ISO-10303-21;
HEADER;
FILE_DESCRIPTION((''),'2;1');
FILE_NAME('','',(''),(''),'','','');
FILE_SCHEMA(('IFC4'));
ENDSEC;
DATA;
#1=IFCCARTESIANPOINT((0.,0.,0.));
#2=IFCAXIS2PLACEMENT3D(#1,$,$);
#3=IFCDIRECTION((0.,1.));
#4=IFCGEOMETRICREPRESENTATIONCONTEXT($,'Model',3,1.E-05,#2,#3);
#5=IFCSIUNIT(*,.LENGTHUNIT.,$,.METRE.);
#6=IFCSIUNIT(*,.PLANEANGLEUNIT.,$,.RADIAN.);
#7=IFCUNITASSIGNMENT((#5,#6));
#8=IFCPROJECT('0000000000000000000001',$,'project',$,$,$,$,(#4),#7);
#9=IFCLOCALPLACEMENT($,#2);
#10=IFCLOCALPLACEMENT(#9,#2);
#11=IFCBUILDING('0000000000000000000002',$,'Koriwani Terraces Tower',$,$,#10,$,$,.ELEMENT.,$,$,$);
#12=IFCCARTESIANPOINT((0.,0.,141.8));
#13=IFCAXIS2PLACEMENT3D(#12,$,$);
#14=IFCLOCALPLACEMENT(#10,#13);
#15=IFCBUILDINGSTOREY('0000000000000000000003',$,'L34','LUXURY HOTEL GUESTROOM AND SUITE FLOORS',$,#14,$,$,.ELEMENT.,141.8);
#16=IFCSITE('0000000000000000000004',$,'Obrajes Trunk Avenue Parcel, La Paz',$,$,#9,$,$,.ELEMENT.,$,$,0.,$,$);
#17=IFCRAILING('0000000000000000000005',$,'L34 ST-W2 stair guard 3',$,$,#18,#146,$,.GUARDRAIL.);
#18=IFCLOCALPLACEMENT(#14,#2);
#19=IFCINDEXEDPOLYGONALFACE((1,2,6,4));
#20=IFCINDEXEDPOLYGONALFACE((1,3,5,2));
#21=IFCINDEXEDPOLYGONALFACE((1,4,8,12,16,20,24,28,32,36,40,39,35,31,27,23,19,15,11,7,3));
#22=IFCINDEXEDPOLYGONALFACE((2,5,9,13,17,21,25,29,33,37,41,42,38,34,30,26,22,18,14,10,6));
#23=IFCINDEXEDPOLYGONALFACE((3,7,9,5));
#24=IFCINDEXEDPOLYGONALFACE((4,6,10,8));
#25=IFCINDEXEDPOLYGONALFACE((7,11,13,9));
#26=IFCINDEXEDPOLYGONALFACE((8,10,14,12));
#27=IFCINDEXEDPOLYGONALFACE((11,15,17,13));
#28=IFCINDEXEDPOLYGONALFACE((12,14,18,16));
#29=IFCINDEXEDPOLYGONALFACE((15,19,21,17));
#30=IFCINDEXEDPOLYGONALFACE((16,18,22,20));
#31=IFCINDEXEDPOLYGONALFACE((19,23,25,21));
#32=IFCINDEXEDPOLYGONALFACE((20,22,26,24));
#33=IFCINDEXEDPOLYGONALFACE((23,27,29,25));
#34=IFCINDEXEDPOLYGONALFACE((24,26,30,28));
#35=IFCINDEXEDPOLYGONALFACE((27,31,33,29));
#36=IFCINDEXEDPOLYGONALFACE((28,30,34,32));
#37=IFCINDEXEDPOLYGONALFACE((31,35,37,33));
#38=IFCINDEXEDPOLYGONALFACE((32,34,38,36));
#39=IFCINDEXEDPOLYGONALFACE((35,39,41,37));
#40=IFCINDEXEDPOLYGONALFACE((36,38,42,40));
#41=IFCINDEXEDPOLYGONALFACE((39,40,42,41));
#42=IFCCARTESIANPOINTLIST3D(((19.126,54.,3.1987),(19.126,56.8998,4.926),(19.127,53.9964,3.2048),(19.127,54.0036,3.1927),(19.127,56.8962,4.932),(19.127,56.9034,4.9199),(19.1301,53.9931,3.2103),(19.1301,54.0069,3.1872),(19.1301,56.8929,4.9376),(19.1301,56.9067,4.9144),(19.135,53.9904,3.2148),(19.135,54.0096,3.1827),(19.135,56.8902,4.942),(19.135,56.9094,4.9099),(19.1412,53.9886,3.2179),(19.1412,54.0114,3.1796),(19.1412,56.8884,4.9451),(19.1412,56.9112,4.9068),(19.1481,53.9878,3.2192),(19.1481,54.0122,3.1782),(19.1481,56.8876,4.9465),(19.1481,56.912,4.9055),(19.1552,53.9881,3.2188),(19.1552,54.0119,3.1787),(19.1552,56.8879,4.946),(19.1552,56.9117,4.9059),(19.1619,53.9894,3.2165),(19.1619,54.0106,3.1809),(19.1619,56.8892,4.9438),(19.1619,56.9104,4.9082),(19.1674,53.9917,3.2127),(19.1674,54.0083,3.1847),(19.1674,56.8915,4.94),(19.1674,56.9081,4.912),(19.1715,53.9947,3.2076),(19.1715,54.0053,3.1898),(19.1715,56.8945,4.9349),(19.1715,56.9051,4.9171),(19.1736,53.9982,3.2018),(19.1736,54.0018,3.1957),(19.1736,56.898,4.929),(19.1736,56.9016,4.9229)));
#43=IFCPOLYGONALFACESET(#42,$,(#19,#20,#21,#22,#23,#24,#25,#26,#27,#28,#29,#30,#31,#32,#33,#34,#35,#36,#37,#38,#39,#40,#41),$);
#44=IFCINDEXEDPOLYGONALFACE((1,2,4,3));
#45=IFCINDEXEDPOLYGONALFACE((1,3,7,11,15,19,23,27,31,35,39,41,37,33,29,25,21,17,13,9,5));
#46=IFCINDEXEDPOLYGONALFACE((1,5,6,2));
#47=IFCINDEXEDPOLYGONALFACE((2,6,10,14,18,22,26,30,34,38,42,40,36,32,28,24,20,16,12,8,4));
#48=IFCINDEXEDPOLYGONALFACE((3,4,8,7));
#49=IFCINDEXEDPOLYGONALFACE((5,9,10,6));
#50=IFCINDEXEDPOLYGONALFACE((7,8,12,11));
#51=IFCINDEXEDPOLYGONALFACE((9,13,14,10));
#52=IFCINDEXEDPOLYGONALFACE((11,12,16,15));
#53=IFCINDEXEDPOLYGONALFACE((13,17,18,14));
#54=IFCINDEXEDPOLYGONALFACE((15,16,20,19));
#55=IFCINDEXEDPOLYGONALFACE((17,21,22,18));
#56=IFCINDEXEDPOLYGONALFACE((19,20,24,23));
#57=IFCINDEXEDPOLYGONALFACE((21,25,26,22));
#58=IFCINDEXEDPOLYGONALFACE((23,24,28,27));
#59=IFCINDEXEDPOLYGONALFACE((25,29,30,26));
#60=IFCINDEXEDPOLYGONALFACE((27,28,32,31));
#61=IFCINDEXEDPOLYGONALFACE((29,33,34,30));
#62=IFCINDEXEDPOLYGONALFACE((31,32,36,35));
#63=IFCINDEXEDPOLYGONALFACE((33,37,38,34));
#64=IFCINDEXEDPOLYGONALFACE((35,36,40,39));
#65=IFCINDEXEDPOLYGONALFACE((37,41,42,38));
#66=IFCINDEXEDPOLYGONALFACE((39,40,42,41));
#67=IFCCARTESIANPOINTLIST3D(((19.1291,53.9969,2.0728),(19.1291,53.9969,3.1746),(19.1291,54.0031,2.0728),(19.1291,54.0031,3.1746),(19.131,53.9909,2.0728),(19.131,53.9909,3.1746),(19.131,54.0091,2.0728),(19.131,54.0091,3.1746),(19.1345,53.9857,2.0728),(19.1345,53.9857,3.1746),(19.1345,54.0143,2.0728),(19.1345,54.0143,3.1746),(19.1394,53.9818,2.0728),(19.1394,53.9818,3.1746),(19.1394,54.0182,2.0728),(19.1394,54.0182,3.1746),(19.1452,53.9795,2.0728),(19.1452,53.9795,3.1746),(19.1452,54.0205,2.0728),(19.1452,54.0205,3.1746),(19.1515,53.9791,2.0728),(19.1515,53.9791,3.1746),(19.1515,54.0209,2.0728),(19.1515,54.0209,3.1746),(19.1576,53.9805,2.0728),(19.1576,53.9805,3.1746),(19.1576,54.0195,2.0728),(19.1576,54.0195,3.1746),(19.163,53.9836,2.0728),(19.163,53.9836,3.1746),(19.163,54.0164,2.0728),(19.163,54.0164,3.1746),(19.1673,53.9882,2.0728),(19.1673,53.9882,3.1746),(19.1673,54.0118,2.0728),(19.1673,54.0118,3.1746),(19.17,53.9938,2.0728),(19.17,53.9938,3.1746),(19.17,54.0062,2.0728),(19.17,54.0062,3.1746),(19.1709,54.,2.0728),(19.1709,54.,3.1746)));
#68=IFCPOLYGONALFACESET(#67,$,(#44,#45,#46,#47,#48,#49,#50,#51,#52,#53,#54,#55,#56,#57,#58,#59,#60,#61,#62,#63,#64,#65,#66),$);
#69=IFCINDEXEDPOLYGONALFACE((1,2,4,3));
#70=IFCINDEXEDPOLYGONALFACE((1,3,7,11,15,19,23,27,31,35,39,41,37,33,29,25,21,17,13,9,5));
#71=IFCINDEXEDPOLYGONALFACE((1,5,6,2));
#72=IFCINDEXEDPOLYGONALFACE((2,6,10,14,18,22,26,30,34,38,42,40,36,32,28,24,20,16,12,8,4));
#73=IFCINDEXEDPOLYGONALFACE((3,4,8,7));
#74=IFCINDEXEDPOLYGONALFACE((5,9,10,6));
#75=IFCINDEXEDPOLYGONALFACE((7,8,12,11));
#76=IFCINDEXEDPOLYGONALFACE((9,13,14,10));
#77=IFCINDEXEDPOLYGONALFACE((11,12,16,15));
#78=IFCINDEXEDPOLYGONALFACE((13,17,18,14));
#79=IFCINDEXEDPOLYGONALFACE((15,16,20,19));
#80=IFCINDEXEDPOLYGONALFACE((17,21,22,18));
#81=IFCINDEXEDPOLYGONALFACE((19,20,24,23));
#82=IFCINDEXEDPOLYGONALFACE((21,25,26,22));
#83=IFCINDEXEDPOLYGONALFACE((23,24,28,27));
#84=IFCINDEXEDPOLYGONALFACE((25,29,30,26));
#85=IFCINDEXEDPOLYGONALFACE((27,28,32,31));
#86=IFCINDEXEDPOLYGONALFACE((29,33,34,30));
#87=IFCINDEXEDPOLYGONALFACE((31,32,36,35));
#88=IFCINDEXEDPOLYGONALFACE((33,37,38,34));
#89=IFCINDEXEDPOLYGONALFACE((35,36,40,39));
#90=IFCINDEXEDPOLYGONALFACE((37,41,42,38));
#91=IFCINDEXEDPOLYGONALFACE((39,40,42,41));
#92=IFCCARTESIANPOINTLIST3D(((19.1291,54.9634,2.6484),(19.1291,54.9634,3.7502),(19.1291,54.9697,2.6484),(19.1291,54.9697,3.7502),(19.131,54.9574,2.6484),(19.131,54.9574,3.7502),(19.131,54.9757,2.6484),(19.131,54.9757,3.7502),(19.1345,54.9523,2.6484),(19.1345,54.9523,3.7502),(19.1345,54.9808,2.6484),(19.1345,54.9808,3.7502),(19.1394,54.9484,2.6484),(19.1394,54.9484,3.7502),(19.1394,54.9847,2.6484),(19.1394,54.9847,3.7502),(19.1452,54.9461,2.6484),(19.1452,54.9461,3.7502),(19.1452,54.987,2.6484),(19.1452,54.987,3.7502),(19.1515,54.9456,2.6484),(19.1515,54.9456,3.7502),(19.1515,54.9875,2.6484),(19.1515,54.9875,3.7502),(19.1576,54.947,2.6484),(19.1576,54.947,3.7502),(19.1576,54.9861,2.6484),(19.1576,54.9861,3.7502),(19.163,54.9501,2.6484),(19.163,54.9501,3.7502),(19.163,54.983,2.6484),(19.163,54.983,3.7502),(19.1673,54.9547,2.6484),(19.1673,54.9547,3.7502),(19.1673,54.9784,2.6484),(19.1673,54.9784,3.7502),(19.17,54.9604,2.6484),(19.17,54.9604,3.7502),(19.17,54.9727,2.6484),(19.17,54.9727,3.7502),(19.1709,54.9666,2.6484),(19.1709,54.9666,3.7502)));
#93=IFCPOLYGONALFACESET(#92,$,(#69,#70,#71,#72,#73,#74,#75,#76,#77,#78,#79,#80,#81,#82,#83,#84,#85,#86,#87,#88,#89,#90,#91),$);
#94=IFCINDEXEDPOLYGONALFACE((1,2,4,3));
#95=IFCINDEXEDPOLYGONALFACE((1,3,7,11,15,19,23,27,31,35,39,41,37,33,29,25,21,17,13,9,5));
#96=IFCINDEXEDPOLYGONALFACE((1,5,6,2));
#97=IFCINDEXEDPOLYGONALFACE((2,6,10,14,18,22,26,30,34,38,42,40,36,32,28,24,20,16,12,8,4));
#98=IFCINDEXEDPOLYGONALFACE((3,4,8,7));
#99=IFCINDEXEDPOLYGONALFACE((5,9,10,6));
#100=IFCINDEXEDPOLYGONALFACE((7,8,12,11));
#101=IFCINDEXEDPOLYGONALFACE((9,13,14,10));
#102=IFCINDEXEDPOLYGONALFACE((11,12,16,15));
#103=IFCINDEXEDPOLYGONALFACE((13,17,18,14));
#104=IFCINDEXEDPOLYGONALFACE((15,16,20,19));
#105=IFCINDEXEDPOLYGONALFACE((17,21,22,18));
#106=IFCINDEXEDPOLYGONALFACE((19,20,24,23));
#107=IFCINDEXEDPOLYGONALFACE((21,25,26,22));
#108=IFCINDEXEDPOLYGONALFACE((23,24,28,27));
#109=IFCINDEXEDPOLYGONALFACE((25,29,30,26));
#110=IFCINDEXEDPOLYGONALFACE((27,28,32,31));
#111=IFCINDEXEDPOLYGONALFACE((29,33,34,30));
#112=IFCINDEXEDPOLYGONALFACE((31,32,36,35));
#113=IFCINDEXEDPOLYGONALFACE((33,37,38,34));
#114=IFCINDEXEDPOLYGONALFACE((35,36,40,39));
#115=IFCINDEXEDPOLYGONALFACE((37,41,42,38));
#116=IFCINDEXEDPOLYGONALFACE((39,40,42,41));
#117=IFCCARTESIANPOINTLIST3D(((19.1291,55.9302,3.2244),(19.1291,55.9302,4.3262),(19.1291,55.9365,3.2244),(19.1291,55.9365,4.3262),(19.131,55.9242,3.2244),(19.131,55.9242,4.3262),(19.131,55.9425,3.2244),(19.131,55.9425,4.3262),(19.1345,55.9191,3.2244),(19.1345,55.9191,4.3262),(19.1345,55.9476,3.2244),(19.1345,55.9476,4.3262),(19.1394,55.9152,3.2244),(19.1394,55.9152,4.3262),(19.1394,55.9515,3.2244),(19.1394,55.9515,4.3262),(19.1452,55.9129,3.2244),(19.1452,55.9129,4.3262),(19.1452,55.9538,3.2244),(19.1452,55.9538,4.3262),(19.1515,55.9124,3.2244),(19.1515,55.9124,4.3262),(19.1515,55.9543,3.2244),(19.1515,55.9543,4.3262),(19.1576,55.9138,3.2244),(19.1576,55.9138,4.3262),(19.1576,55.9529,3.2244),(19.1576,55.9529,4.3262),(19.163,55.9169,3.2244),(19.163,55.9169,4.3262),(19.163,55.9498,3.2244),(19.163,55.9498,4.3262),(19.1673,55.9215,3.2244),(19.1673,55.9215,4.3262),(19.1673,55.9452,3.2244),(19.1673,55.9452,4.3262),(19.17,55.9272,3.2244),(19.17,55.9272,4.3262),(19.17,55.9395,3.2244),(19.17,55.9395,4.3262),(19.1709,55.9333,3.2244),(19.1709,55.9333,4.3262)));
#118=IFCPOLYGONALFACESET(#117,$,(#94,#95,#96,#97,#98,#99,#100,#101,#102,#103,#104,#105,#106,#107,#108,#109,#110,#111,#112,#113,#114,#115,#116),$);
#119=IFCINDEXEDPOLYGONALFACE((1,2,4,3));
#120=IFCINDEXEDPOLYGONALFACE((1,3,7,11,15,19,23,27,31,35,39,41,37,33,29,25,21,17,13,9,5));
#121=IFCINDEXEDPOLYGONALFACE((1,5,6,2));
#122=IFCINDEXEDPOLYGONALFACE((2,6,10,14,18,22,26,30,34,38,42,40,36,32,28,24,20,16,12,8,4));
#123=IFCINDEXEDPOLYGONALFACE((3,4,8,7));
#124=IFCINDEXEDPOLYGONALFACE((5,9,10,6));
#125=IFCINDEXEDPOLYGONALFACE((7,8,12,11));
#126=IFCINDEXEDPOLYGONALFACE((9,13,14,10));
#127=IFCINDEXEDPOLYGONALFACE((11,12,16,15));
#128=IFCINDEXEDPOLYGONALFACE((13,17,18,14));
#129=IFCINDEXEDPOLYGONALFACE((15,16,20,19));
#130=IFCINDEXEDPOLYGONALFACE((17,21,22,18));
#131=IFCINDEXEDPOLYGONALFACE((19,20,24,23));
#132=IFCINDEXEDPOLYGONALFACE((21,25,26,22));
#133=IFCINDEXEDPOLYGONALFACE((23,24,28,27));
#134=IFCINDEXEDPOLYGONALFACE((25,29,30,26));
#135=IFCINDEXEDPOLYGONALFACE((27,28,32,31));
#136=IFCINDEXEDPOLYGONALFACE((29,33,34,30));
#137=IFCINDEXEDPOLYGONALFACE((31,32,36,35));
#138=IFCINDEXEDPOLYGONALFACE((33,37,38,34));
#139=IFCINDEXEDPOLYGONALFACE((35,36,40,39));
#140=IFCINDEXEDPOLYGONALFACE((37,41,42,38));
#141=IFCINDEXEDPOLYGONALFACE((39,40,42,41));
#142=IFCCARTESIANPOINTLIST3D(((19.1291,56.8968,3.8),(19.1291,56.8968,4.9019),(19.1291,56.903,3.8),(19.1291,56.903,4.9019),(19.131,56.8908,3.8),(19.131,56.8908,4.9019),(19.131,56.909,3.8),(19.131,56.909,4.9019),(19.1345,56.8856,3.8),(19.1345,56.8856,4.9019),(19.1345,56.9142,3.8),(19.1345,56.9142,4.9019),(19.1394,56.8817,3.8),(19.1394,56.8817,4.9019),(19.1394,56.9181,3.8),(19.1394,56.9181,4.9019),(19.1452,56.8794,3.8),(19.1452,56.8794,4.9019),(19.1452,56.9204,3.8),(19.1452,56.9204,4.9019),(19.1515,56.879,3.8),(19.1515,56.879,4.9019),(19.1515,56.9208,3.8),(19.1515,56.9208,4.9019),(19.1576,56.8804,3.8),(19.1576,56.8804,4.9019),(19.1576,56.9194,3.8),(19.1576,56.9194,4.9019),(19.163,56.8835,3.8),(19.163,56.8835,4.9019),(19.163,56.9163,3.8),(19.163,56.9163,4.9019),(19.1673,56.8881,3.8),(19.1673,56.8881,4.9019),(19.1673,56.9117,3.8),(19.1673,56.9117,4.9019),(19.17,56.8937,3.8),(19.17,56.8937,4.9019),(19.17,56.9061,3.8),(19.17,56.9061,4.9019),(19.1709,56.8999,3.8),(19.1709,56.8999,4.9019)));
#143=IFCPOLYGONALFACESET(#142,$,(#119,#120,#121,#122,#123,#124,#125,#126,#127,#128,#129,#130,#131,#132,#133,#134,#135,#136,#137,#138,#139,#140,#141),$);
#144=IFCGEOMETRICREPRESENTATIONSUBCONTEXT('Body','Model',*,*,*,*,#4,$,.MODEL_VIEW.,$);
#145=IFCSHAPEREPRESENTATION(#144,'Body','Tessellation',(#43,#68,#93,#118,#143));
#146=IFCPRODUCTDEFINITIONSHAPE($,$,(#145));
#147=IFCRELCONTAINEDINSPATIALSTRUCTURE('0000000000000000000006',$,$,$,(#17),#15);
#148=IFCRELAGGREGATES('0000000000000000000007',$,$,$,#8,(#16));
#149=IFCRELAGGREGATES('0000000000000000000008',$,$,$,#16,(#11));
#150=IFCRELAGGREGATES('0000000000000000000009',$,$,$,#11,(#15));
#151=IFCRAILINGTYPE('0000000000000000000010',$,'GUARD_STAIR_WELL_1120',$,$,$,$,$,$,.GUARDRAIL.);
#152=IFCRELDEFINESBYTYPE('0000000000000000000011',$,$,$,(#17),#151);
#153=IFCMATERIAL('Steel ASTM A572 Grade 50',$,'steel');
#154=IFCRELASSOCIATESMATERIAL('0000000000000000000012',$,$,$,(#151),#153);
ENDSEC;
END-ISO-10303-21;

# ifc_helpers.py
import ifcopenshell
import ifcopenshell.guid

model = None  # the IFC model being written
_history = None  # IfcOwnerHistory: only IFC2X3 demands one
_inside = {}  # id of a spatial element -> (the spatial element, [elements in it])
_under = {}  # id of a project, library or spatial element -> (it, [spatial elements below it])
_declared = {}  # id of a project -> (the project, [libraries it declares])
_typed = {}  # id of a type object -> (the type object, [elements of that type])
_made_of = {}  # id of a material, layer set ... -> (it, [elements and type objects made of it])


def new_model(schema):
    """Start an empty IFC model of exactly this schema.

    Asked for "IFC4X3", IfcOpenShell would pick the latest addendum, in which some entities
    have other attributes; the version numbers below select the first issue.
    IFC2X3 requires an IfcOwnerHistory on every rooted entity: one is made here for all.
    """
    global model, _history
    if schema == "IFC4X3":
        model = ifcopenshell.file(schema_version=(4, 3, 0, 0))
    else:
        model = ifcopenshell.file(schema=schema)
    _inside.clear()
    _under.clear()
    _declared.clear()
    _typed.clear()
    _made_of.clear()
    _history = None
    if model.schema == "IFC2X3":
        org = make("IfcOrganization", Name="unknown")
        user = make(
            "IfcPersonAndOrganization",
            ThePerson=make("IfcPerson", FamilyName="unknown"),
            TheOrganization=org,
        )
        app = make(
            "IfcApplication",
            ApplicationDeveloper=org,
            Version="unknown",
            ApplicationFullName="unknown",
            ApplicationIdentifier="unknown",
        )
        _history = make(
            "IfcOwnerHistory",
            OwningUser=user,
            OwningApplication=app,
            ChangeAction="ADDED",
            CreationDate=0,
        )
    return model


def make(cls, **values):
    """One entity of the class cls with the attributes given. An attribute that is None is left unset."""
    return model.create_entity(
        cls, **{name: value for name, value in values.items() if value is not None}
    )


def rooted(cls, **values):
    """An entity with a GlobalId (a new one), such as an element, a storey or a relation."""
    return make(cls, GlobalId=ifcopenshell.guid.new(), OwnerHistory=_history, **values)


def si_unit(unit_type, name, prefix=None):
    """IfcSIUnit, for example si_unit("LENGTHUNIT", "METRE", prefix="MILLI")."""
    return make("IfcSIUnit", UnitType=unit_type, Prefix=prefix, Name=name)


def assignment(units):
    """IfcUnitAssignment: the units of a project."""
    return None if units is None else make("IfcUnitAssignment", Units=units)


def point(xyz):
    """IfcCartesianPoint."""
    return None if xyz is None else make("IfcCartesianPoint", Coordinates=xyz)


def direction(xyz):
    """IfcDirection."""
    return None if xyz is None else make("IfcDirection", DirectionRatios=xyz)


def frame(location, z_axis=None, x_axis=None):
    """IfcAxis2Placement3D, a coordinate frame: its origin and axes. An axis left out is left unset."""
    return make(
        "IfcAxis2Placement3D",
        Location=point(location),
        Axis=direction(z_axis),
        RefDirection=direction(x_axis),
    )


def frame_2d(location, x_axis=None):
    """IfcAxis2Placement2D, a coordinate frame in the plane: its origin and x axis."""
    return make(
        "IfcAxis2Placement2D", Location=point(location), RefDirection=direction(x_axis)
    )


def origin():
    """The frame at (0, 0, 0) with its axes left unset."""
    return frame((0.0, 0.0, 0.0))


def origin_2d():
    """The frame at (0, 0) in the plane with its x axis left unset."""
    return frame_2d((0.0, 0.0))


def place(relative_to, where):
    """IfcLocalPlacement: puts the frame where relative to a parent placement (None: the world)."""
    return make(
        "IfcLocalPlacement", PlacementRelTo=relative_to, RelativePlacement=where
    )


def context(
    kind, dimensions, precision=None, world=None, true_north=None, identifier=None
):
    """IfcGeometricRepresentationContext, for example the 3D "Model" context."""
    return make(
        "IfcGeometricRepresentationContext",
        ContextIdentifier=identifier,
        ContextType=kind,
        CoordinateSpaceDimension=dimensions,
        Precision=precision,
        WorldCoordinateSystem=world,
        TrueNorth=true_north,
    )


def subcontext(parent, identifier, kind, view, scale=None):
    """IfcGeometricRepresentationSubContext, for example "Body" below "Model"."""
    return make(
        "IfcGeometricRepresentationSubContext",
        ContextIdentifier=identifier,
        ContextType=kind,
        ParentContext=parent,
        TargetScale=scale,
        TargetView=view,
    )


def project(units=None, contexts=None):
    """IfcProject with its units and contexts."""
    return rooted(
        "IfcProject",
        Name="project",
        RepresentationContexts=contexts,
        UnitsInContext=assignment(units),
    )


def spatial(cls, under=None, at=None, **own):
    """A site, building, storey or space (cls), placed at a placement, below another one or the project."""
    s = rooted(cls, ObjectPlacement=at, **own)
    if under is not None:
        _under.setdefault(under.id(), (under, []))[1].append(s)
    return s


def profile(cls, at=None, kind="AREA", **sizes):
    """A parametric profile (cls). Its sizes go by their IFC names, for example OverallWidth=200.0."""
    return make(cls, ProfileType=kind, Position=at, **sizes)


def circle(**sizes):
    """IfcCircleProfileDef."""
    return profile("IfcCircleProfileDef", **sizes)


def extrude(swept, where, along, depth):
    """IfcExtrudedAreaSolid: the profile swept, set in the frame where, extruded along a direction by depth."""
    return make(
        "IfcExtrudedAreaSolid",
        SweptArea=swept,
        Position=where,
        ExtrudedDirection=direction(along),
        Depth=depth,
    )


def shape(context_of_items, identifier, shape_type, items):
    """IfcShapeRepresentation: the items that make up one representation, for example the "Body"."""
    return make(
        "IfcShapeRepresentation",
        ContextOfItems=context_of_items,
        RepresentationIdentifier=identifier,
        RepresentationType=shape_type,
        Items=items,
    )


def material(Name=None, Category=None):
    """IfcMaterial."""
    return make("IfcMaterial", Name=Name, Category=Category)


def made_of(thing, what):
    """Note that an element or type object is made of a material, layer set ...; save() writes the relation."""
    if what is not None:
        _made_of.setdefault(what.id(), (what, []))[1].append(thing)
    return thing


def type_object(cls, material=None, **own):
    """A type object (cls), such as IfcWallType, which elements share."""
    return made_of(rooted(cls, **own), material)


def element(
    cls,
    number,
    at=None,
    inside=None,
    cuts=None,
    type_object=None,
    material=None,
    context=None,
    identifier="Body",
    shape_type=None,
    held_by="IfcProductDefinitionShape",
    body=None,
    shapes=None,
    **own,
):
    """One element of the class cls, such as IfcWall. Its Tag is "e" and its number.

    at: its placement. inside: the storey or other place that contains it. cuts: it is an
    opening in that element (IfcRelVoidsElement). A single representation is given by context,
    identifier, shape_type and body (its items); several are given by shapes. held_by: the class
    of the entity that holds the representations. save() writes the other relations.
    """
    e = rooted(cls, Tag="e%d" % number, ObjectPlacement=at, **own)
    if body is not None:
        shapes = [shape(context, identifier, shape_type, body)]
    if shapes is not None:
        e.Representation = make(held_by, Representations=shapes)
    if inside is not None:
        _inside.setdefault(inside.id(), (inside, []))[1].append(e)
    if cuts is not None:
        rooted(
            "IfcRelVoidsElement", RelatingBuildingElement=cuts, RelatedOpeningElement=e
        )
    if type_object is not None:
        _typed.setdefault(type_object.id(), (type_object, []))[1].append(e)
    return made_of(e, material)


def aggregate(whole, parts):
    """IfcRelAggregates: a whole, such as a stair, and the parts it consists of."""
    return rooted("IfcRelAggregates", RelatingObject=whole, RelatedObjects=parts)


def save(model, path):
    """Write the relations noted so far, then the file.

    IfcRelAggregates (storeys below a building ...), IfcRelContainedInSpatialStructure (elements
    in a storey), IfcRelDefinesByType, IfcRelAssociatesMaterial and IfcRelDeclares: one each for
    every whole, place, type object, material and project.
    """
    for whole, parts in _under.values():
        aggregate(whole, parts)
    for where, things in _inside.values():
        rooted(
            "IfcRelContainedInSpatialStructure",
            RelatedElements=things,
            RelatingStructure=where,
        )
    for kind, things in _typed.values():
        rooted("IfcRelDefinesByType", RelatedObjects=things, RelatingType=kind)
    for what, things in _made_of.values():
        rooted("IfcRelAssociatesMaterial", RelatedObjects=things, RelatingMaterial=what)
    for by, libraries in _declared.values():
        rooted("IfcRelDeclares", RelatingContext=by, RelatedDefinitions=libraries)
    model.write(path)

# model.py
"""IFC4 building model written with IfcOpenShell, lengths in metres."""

from ifc_helpers import new_model, si_unit, direction, frame, origin, origin_2d, place, context, subcontext, project, spatial, circle, extrude, material, type_object, element, save


model = new_model("IFC4")

# Units and contexts
model_context = context("Model", 3, precision=1e-05, world=origin(), true_north=direction((0.0, 1.0)))
body_context = subcontext(model_context, "Body", "Model", "MODEL_VIEW")
ifc_project = project(units=[si_unit("LENGTHUNIT", "METRE"), si_unit("PLANEANGLEUNIT", "RADIAN")], contexts=[model_context])

# Site, building, storey
site_placement = place(None, origin())
site = spatial("IfcSite", under=ifc_project, at=site_placement, Name="Obrajes Trunk Avenue Parcel, La Paz", CompositionType="ELEMENT", RefElevation=0.0)
building_placement = place(site_placement, origin())
building = spatial("IfcBuilding", under=site, at=building_placement, Name="Koriwani Terraces Tower", CompositionType="ELEMENT")
storey_placement = place(building_placement, frame((0.0, 0.0, 141.8)))
storey = spatial("IfcBuildingStorey", under=building, at=storey_placement, Name="L34", Description="LUXURY HOTEL GUESTROOM AND SUITE FLOORS", CompositionType="ELEMENT", Elevation=141.8)

# Shared definitions
ifc_material_1 = material(Name="Steel ASTM A572 Grade 50", Category="steel")

# Railing
railing_type_1 = type_object("IfcRailingType", Name="GUARD_STAIR_WELL_1120", PredefinedType="GUARDRAIL", material=ifc_material_1)
railing_1_placement = place(storey_placement, frame((19.1499, 54.0, 2.0728)))
element("IfcRailing", 1, at=railing_1_placement, inside=storey, type_object=railing_type_1, Name="L34 ST-W2 stair guard 3", PredefinedType="GUARDRAIL", context=body_context, shape_type="SweptSolid", body=[
    extrude(circle(Radius=0.0239, at=origin_2d()), frame((0.0, 0.0, 1.126), z_axis=(0.0, 0.859141, 0.511738), x_axis=(-1.0, 0.0, 0.0)), (0.0, 0.0, 1.0), 3.3752),
    extrude(circle(Radius=0.021, at=origin_2d()), origin(), (0.0, 0.0, 1.0), 1.1018),
    extrude(circle(Radius=0.021, at=origin_2d()), frame((0.0, 0.9666, 0.5757)), (0.0, 0.0, 1.0), 1.1018),
    extrude(circle(Radius=0.021, at=origin_2d()), frame((0.0, 1.9333, 1.1516)), (0.0, 0.0, 1.0), 1.1018),
    extrude(circle(Radius=0.021, at=origin_2d()), frame((0.0, 2.8999, 1.7273)), (0.0, 0.0, 1.0), 1.1018),
])

save(model, "model.ifc")
